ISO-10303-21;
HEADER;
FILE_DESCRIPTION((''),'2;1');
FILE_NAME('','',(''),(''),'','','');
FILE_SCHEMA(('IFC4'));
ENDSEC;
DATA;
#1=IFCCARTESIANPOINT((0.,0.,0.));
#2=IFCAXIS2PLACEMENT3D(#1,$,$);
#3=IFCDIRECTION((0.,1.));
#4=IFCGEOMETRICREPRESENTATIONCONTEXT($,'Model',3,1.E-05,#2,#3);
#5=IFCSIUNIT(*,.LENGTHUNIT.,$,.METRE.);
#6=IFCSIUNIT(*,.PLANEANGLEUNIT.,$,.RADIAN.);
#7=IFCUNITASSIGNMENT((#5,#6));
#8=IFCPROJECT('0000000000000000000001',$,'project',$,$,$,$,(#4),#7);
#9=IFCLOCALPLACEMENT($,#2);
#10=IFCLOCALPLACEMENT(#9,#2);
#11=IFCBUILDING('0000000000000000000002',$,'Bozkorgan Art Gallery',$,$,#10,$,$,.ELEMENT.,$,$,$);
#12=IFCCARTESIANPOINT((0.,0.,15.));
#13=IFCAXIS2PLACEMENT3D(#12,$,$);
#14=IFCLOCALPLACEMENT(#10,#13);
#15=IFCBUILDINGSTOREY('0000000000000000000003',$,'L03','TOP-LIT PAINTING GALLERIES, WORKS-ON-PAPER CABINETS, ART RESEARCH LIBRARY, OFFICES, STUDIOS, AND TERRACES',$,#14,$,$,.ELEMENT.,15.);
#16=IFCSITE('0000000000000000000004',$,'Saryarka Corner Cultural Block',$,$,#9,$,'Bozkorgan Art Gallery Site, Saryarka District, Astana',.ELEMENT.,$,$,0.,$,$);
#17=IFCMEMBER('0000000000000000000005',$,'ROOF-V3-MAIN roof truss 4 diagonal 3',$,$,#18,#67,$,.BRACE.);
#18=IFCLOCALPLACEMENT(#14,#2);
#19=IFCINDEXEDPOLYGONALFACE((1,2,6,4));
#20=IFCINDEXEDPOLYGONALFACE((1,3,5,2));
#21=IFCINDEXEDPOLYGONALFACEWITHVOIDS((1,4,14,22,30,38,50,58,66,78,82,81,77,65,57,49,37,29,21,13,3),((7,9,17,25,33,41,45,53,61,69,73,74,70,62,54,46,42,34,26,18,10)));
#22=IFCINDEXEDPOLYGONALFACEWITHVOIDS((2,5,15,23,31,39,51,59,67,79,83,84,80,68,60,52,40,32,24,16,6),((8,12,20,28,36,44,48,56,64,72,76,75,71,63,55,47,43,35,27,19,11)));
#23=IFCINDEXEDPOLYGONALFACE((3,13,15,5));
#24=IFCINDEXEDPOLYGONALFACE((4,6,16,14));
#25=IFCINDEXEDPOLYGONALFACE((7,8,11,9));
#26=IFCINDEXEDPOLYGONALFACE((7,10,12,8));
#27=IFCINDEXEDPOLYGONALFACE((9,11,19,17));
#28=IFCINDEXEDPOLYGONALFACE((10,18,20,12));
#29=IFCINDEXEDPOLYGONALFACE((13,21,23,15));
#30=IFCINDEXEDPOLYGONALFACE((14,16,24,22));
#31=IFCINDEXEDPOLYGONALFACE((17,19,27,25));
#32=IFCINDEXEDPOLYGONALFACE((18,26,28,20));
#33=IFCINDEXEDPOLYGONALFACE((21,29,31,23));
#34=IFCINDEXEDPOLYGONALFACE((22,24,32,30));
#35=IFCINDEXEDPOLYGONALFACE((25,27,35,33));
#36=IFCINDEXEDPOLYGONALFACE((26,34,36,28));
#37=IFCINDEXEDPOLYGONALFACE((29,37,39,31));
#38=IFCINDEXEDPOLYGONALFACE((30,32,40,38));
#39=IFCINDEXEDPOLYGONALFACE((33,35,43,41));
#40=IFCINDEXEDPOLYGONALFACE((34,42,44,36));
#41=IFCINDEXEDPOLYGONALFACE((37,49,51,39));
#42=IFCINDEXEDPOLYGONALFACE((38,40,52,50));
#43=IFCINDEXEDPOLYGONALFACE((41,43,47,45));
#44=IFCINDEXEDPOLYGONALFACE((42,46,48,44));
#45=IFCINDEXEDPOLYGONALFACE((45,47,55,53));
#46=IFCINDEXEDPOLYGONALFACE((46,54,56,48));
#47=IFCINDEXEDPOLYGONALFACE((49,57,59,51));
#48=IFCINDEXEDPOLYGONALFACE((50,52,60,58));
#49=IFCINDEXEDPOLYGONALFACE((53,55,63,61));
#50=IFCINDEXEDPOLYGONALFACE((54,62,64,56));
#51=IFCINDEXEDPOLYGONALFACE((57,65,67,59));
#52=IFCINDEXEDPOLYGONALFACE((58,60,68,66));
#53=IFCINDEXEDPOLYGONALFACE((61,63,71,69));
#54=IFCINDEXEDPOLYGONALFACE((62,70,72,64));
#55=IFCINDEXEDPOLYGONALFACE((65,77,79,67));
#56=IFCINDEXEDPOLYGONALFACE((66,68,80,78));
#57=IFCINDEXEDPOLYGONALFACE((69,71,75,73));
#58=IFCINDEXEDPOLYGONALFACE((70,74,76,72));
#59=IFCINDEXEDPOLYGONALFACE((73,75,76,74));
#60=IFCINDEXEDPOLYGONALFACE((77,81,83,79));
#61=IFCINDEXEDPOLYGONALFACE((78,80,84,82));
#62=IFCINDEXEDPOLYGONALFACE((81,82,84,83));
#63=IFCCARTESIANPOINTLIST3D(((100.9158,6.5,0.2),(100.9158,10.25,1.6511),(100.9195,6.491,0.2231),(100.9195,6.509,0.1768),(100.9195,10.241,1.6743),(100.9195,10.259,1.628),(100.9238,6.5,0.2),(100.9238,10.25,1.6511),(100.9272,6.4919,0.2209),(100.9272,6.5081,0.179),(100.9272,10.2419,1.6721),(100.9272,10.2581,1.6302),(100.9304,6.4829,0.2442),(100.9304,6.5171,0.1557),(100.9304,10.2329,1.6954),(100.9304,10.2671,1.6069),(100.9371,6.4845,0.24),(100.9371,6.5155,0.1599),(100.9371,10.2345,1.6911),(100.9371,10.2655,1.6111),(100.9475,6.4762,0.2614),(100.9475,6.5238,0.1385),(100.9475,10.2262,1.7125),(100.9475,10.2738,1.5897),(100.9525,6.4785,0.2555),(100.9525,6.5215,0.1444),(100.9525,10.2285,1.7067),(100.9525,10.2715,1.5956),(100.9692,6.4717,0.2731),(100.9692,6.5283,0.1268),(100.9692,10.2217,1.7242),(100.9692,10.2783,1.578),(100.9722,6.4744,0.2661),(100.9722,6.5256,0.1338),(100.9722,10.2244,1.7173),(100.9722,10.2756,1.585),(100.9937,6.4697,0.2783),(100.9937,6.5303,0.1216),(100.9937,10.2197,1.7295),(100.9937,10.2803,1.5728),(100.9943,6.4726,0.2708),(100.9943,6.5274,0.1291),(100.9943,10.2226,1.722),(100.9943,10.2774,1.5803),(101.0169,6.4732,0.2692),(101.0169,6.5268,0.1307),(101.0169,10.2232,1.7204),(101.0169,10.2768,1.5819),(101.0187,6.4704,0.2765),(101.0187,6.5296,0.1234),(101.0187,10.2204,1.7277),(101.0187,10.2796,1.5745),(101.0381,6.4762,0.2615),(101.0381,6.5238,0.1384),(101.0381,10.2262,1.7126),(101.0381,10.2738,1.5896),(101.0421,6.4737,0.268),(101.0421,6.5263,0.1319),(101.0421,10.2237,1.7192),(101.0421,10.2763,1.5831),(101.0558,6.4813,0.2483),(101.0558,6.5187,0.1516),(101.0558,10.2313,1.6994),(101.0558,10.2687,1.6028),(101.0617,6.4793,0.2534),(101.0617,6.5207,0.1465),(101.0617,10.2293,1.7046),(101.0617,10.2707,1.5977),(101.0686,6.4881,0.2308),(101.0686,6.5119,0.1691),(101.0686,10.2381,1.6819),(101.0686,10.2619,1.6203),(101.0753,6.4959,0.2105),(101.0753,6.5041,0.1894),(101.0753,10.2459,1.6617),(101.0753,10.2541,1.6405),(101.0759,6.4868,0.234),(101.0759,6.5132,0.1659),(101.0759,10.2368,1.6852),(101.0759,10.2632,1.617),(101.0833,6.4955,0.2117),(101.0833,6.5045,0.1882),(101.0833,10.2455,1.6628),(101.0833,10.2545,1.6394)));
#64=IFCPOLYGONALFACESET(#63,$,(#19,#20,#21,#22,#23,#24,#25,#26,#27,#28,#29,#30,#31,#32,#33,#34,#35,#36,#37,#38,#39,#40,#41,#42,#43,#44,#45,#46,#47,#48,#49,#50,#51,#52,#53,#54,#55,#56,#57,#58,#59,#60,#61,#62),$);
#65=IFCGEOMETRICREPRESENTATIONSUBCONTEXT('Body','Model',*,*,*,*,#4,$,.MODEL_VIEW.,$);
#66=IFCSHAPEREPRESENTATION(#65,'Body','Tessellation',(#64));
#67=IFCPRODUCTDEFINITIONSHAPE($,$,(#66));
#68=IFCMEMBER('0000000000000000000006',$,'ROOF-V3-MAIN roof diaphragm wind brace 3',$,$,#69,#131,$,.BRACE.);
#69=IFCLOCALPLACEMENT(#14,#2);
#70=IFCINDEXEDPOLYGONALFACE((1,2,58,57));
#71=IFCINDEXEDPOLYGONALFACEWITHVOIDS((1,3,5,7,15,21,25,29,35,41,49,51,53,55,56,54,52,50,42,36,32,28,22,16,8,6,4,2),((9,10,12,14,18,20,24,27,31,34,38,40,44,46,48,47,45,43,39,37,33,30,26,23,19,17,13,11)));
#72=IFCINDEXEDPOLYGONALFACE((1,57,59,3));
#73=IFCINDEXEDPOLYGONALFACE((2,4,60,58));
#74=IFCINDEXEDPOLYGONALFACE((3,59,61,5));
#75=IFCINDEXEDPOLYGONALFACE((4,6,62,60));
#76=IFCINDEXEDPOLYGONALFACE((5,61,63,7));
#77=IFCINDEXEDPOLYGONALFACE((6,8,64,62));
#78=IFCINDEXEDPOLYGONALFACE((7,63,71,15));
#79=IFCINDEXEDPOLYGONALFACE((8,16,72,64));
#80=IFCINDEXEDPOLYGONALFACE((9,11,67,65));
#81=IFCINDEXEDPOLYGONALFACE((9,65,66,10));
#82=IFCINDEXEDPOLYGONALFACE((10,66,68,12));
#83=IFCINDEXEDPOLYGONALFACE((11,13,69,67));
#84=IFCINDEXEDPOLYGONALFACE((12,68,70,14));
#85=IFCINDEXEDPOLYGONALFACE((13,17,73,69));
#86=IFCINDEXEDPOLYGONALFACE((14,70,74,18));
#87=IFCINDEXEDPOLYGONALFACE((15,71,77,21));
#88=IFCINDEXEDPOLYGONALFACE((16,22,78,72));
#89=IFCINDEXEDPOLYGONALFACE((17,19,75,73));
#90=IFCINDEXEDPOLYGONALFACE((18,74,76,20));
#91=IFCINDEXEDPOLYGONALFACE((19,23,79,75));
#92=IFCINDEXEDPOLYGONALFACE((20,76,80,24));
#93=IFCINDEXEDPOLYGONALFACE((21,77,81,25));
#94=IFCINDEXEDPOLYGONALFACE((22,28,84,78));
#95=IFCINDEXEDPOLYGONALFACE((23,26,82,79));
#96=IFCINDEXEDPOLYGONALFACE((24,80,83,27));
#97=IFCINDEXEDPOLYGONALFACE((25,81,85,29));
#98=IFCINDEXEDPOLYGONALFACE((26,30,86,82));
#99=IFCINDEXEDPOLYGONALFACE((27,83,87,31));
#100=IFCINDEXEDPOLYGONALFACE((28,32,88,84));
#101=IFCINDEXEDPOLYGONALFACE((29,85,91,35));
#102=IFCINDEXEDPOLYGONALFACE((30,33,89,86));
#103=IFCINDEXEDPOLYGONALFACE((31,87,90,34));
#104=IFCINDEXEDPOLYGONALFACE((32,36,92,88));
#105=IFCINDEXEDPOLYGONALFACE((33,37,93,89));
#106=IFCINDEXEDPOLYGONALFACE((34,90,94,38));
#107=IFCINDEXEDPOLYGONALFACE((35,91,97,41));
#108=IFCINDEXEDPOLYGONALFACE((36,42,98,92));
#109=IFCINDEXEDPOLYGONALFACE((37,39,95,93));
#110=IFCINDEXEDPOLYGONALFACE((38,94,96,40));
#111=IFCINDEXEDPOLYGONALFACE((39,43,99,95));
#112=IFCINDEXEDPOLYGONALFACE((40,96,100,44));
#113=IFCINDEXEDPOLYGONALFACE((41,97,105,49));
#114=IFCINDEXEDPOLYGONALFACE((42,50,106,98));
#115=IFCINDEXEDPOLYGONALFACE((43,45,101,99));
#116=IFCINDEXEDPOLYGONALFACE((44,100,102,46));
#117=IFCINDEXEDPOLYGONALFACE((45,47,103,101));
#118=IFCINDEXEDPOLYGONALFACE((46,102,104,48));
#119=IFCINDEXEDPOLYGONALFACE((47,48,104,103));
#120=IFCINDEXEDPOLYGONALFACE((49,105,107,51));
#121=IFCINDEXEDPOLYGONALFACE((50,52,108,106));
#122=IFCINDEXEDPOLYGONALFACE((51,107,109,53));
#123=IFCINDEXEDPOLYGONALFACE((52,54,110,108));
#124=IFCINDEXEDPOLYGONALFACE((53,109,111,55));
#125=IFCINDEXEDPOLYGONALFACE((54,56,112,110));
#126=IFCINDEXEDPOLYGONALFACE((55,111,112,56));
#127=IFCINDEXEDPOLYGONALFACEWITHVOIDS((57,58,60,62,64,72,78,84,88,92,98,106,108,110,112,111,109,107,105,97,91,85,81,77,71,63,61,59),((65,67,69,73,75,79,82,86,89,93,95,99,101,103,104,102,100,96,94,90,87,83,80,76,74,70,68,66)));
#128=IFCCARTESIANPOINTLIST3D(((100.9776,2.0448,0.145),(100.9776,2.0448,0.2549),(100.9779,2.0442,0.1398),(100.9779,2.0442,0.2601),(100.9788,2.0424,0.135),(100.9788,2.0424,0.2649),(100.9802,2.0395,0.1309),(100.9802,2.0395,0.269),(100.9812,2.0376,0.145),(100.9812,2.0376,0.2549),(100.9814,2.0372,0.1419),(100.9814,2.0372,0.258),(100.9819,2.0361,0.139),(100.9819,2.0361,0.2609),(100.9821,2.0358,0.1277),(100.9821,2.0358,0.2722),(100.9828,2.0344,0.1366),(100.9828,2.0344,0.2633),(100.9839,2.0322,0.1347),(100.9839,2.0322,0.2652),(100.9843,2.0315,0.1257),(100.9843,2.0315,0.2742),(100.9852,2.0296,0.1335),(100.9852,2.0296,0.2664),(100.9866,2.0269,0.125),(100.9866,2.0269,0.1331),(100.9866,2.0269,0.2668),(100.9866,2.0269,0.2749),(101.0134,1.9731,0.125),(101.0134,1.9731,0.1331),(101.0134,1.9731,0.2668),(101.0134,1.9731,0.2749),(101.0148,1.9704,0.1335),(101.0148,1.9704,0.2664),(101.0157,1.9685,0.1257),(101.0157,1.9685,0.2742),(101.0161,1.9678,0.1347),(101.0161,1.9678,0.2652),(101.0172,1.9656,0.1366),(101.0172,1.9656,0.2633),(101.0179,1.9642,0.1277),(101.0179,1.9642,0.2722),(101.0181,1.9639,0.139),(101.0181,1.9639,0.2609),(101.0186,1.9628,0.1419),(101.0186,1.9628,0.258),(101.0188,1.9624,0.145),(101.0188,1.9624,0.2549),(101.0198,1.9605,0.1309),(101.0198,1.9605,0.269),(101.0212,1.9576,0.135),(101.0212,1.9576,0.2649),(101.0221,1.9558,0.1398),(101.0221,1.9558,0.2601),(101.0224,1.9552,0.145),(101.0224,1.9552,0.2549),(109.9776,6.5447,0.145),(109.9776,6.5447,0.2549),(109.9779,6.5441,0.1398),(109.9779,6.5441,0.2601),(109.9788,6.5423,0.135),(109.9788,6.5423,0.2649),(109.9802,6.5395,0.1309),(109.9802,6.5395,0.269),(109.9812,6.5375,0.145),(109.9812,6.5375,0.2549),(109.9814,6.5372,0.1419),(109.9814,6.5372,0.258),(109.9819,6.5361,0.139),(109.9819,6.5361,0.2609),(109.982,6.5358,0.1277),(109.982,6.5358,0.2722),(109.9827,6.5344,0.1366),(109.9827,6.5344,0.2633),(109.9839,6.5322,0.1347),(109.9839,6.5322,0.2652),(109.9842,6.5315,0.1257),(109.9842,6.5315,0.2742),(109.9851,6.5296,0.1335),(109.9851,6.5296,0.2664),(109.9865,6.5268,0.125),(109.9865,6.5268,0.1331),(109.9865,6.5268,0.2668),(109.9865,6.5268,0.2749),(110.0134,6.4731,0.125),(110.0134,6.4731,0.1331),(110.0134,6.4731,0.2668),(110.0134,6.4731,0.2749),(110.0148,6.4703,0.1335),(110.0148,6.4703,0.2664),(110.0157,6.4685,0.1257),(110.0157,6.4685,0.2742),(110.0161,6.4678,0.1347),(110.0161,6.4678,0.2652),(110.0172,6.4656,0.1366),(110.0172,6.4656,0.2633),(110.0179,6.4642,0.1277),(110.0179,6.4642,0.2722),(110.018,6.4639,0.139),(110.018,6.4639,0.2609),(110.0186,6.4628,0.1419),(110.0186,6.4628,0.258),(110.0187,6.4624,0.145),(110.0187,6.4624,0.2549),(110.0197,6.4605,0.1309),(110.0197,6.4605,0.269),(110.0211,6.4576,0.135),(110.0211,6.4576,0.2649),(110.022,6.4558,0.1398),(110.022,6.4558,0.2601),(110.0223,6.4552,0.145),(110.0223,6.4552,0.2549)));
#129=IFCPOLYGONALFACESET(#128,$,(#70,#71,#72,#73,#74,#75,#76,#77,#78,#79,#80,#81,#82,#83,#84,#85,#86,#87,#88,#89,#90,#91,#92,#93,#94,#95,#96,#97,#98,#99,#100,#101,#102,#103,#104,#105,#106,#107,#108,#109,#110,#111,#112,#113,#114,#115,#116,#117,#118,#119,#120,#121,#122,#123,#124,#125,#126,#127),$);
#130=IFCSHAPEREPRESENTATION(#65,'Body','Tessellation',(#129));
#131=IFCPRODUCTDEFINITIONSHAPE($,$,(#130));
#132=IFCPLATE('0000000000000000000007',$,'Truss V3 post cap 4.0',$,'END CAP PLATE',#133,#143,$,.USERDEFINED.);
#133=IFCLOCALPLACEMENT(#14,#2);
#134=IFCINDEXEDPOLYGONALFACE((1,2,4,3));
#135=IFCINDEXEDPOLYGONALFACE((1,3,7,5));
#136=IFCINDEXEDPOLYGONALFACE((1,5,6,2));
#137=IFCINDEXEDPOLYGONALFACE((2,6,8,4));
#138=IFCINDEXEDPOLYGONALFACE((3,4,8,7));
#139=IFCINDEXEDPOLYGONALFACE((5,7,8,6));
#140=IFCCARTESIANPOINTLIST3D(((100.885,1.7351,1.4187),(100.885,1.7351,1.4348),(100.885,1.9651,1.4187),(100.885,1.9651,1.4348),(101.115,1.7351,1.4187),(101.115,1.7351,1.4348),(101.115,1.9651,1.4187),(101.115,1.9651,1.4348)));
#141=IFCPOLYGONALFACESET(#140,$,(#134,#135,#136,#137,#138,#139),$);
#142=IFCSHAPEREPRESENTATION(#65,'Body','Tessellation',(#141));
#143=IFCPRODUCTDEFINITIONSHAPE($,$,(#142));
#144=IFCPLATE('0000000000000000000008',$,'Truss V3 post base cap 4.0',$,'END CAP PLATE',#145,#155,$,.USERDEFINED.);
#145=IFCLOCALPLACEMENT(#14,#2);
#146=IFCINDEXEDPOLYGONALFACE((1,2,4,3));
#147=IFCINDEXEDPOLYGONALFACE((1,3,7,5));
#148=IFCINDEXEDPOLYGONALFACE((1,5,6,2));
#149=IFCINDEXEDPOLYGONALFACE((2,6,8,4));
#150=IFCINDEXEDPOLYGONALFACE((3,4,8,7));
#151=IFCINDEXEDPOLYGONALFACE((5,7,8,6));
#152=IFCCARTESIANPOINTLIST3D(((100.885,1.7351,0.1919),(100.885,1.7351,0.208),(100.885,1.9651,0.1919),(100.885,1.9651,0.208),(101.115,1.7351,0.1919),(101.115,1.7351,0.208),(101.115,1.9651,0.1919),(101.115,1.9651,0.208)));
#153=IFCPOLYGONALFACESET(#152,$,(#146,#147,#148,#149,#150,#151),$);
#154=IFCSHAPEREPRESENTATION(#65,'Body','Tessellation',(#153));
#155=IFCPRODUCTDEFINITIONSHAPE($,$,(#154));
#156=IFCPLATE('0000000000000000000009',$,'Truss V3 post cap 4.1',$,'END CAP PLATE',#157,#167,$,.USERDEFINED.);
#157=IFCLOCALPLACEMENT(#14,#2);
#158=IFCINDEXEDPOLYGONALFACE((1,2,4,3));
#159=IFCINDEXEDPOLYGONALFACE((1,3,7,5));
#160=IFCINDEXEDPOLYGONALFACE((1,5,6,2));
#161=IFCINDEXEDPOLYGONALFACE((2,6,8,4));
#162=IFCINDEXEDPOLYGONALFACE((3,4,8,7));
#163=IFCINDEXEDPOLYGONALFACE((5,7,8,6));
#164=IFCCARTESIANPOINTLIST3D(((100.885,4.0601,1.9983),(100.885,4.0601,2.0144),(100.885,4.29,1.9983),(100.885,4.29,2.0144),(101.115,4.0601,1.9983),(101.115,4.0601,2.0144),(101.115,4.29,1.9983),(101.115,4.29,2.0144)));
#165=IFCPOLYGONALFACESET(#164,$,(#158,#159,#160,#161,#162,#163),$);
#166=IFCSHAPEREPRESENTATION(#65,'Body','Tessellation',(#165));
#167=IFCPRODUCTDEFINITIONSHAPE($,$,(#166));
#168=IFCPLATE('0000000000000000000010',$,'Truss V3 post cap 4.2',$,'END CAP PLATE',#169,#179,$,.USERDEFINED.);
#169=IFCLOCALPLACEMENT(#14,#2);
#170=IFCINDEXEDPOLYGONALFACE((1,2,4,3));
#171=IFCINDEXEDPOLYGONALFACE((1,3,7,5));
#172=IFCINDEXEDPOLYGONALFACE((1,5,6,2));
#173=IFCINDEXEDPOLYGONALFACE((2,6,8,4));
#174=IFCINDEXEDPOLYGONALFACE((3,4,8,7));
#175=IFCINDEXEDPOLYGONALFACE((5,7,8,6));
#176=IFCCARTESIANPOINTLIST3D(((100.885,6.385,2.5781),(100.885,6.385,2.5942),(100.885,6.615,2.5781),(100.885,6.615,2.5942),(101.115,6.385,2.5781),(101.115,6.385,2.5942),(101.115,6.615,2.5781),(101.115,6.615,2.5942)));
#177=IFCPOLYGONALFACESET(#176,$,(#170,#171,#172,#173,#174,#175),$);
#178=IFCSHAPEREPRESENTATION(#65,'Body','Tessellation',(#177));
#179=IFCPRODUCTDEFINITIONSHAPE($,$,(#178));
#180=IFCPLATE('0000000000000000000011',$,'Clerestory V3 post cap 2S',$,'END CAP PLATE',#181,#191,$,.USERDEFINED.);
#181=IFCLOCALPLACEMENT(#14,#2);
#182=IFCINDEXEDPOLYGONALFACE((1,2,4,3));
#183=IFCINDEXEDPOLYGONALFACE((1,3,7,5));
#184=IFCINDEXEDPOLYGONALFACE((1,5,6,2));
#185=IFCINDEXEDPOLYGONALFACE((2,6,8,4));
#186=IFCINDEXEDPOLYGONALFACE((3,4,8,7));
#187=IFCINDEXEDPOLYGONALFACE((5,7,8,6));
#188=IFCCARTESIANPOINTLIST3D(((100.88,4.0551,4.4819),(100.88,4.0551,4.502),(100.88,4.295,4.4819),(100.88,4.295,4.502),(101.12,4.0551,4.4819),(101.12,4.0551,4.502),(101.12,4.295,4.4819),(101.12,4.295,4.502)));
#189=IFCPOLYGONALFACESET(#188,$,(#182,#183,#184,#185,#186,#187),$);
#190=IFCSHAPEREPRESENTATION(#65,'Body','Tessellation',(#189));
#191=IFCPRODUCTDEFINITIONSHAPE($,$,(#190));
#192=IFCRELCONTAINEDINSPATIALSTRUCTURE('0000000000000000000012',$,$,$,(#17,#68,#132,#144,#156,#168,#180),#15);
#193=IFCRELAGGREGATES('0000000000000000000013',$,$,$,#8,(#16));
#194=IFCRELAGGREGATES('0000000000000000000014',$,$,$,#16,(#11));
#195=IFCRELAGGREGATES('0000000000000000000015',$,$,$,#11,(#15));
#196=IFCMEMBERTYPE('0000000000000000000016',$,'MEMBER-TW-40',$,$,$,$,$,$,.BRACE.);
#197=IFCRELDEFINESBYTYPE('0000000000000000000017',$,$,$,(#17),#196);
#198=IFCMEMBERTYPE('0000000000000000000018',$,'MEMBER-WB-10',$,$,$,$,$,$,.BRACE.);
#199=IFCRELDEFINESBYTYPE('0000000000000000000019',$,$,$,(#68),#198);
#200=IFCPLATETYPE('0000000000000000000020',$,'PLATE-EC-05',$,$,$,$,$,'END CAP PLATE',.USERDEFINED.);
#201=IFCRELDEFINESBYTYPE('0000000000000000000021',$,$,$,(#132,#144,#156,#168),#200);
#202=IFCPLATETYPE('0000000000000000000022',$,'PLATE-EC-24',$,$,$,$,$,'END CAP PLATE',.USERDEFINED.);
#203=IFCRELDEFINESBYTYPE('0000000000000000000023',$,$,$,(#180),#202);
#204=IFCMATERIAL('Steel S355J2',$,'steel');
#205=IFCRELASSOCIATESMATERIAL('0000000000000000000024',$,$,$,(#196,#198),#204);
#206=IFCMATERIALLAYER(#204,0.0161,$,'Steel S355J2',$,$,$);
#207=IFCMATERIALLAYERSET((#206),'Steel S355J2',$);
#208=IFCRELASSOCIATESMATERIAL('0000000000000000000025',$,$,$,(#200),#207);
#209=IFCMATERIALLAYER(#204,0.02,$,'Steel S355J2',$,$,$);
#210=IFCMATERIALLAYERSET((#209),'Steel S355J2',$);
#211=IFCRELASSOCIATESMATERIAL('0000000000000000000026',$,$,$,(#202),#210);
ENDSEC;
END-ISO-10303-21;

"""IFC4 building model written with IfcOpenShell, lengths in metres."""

from ifc_helpers import new_model, si_unit, direction, frame, origin, origin_2d, place, context, subcontext, project, spatial, rectangle, hollow_rectangle, hollow_circle, extrude, material, layer, layer_set, material_profile, profile_set, type_object, element, save


model = new_model("IFC4")

# Units and contexts
model_context = context("Model", 3, precision=1e-05, world=origin(), true_north=direction((0.0, 1.0)))
body_context = subcontext(model_context, "Body", "Model", "MODEL_VIEW")
ifc_project = project(units=[si_unit("LENGTHUNIT", "METRE"), si_unit("PLANEANGLEUNIT", "RADIAN")], contexts=[model_context])

# Site, building, storey
site_placement = place(None, origin())
site = spatial("IfcSite", under=ifc_project, at=site_placement, Name="Saryarka Corner Cultural Block", LongName="Bozkorgan Art Gallery Site, Saryarka District, Astana", CompositionType="ELEMENT", RefElevation=0.0)
building_placement = place(site_placement, origin())
building = spatial("IfcBuilding", under=site, at=building_placement, Name="Bozkorgan Art Gallery", CompositionType="ELEMENT")
storey_placement = place(building_placement, frame((0.0, 0.0, 15.0)))
storey = spatial("IfcBuildingStorey", under=building, at=storey_placement, Name="L03", Description="TOP-LIT PAINTING GALLERIES, WORKS-ON-PAPER CABINETS, ART RESEARCH LIBRARY, OFFICES, STUDIOS, AND TERRACES", CompositionType="ELEMENT", Elevation=15.0)

# Shared definitions
ifc_material_1 = material(Name="Steel S355J2", Category="steel")

# Members
ifc_material_profile_1 = material_profile(ifc_material_1, hollow_circle(Radius=0.0842, WallThickness=0.0081, at=origin_2d()), Name="CHS 168.3x8")
ifc_profile_set_1 = profile_set([ifc_material_profile_1], Name="Steel S355J2")
member_type_1 = type_object("IfcMemberType", Name="MEMBER-TW-40", PredefinedType="BRACE", material=ifc_profile_set_1)
member_1_placement = place(storey_placement, frame((101.0, 6.5, 0.2), z_axis=(0.0, 0.932605, 0.360899), x_axis=(-1.0, 0.0, 0.0)))
element("IfcMember", 1, at=member_1_placement, inside=storey, type_object=member_type_1, Name="ROOF-V3-MAIN roof truss 4 diagonal 3", PredefinedType="BRACE", context=body_context, shape_type="SweptSolid", body=[
    extrude(hollow_circle(Radius=0.0842, WallThickness=0.0081, at=origin_2d()), origin(), (0.0, 0.0, 1.0), 4.021),
])
ifc_material_profile_2 = material_profile(ifc_material_1, hollow_rectangle(XDim=0.1001, YDim=0.1499, WallThickness=0.0081, InnerFilletRadius=0.012, OuterFilletRadius=0.02, at=origin_2d()), Name="RHS 150x100x8")
ifc_profile_set_2 = profile_set([ifc_material_profile_2], Name="Steel S355J2")
member_type_2 = type_object("IfcMemberType", Name="MEMBER-WB-10", PredefinedType="BRACE", material=ifc_profile_set_2)
member_2_placement = place(storey_placement, frame((101.0, 2.0, 0.2), z_axis=(0.894427, 0.447214, 0.0), x_axis=(-0.447214, 0.894427, 0.0)))
element("IfcMember", 2, at=member_2_placement, inside=storey, type_object=member_type_2, Name="ROOF-V3-MAIN roof diaphragm wind brace 3", PredefinedType="BRACE", context=body_context, shape_type="SweptSolid", body=[
    extrude(hollow_rectangle(XDim=0.1001, YDim=0.1499, WallThickness=0.0081, InnerFilletRadius=0.012, OuterFilletRadius=0.02, at=origin_2d()), origin(), (0.0, 0.0, 1.0), 10.0623),
])

# Plates
ifc_layer_1 = layer(ifc_material_1, 0.0161, Name="Steel S355J2")
ifc_layer_set_1 = layer_set([ifc_layer_1], Name="Steel S355J2")
plate_type_1 = type_object("IfcPlateType", Name="PLATE-EC-05", ElementType="END CAP PLATE", PredefinedType="USERDEFINED", material=ifc_layer_set_1)
for number, where, z_axis, x_axis, name in (
    (3, (101.0, 1.8501, 1.4187), (0.0, 0.0, 1.0), (1.0, 0.0, 0.0), "Truss V3 post cap 4.0"),
    (4, (101.0, 1.8501, 0.1919), (0.0, 0.0, 1.0), (1.0, 0.0, 0.0), "Truss V3 post base cap 4.0"),
    (5, (101.0, 4.175, 1.9983), (0.0, 0.0, 1.0), (1.0, 0.0, 0.0), "Truss V3 post cap 4.1"),
    (6, (101.0, 6.5, 2.5781), (0.0, 0.0, 1.0), (1.0, 0.0, 0.0), "Truss V3 post cap 4.2"),
):
    element("IfcPlate", number, at=place(storey_placement, frame(where, z_axis=z_axis, x_axis=x_axis)), inside=storey, type_object=plate_type_1, Name=name, ObjectType="END CAP PLATE", PredefinedType="USERDEFINED", context=body_context, shape_type="SweptSolid", body=[
        extrude(rectangle(XDim=0.23, YDim=0.23, at=origin_2d()), origin(), (0.0, 0.0, 1.0), 0.0161),
    ])
ifc_layer_2 = layer(ifc_material_1, 0.02, Name="Steel S355J2")
ifc_layer_set_2 = layer_set([ifc_layer_2], Name="Steel S355J2")
plate_type_2 = type_object("IfcPlateType", Name="PLATE-EC-24", ElementType="END CAP PLATE", PredefinedType="USERDEFINED", material=ifc_layer_set_2)
plate_1_placement = place(storey_placement, frame((101.0, 4.175, 4.4819), z_axis=(0.0, 0.0, 1.0), x_axis=(1.0, 0.0, 0.0)))
element("IfcPlate", 7, at=plate_1_placement, inside=storey, type_object=plate_type_2, Name="Clerestory V3 post cap 2S", ObjectType="END CAP PLATE", PredefinedType="USERDEFINED", context=body_context, shape_type="SweptSolid", body=[
    extrude(rectangle(XDim=0.24, YDim=0.24, at=origin_2d()), origin(), (0.0, 0.0, 1.0), 0.02),
])

save(model, "model.ifc")
